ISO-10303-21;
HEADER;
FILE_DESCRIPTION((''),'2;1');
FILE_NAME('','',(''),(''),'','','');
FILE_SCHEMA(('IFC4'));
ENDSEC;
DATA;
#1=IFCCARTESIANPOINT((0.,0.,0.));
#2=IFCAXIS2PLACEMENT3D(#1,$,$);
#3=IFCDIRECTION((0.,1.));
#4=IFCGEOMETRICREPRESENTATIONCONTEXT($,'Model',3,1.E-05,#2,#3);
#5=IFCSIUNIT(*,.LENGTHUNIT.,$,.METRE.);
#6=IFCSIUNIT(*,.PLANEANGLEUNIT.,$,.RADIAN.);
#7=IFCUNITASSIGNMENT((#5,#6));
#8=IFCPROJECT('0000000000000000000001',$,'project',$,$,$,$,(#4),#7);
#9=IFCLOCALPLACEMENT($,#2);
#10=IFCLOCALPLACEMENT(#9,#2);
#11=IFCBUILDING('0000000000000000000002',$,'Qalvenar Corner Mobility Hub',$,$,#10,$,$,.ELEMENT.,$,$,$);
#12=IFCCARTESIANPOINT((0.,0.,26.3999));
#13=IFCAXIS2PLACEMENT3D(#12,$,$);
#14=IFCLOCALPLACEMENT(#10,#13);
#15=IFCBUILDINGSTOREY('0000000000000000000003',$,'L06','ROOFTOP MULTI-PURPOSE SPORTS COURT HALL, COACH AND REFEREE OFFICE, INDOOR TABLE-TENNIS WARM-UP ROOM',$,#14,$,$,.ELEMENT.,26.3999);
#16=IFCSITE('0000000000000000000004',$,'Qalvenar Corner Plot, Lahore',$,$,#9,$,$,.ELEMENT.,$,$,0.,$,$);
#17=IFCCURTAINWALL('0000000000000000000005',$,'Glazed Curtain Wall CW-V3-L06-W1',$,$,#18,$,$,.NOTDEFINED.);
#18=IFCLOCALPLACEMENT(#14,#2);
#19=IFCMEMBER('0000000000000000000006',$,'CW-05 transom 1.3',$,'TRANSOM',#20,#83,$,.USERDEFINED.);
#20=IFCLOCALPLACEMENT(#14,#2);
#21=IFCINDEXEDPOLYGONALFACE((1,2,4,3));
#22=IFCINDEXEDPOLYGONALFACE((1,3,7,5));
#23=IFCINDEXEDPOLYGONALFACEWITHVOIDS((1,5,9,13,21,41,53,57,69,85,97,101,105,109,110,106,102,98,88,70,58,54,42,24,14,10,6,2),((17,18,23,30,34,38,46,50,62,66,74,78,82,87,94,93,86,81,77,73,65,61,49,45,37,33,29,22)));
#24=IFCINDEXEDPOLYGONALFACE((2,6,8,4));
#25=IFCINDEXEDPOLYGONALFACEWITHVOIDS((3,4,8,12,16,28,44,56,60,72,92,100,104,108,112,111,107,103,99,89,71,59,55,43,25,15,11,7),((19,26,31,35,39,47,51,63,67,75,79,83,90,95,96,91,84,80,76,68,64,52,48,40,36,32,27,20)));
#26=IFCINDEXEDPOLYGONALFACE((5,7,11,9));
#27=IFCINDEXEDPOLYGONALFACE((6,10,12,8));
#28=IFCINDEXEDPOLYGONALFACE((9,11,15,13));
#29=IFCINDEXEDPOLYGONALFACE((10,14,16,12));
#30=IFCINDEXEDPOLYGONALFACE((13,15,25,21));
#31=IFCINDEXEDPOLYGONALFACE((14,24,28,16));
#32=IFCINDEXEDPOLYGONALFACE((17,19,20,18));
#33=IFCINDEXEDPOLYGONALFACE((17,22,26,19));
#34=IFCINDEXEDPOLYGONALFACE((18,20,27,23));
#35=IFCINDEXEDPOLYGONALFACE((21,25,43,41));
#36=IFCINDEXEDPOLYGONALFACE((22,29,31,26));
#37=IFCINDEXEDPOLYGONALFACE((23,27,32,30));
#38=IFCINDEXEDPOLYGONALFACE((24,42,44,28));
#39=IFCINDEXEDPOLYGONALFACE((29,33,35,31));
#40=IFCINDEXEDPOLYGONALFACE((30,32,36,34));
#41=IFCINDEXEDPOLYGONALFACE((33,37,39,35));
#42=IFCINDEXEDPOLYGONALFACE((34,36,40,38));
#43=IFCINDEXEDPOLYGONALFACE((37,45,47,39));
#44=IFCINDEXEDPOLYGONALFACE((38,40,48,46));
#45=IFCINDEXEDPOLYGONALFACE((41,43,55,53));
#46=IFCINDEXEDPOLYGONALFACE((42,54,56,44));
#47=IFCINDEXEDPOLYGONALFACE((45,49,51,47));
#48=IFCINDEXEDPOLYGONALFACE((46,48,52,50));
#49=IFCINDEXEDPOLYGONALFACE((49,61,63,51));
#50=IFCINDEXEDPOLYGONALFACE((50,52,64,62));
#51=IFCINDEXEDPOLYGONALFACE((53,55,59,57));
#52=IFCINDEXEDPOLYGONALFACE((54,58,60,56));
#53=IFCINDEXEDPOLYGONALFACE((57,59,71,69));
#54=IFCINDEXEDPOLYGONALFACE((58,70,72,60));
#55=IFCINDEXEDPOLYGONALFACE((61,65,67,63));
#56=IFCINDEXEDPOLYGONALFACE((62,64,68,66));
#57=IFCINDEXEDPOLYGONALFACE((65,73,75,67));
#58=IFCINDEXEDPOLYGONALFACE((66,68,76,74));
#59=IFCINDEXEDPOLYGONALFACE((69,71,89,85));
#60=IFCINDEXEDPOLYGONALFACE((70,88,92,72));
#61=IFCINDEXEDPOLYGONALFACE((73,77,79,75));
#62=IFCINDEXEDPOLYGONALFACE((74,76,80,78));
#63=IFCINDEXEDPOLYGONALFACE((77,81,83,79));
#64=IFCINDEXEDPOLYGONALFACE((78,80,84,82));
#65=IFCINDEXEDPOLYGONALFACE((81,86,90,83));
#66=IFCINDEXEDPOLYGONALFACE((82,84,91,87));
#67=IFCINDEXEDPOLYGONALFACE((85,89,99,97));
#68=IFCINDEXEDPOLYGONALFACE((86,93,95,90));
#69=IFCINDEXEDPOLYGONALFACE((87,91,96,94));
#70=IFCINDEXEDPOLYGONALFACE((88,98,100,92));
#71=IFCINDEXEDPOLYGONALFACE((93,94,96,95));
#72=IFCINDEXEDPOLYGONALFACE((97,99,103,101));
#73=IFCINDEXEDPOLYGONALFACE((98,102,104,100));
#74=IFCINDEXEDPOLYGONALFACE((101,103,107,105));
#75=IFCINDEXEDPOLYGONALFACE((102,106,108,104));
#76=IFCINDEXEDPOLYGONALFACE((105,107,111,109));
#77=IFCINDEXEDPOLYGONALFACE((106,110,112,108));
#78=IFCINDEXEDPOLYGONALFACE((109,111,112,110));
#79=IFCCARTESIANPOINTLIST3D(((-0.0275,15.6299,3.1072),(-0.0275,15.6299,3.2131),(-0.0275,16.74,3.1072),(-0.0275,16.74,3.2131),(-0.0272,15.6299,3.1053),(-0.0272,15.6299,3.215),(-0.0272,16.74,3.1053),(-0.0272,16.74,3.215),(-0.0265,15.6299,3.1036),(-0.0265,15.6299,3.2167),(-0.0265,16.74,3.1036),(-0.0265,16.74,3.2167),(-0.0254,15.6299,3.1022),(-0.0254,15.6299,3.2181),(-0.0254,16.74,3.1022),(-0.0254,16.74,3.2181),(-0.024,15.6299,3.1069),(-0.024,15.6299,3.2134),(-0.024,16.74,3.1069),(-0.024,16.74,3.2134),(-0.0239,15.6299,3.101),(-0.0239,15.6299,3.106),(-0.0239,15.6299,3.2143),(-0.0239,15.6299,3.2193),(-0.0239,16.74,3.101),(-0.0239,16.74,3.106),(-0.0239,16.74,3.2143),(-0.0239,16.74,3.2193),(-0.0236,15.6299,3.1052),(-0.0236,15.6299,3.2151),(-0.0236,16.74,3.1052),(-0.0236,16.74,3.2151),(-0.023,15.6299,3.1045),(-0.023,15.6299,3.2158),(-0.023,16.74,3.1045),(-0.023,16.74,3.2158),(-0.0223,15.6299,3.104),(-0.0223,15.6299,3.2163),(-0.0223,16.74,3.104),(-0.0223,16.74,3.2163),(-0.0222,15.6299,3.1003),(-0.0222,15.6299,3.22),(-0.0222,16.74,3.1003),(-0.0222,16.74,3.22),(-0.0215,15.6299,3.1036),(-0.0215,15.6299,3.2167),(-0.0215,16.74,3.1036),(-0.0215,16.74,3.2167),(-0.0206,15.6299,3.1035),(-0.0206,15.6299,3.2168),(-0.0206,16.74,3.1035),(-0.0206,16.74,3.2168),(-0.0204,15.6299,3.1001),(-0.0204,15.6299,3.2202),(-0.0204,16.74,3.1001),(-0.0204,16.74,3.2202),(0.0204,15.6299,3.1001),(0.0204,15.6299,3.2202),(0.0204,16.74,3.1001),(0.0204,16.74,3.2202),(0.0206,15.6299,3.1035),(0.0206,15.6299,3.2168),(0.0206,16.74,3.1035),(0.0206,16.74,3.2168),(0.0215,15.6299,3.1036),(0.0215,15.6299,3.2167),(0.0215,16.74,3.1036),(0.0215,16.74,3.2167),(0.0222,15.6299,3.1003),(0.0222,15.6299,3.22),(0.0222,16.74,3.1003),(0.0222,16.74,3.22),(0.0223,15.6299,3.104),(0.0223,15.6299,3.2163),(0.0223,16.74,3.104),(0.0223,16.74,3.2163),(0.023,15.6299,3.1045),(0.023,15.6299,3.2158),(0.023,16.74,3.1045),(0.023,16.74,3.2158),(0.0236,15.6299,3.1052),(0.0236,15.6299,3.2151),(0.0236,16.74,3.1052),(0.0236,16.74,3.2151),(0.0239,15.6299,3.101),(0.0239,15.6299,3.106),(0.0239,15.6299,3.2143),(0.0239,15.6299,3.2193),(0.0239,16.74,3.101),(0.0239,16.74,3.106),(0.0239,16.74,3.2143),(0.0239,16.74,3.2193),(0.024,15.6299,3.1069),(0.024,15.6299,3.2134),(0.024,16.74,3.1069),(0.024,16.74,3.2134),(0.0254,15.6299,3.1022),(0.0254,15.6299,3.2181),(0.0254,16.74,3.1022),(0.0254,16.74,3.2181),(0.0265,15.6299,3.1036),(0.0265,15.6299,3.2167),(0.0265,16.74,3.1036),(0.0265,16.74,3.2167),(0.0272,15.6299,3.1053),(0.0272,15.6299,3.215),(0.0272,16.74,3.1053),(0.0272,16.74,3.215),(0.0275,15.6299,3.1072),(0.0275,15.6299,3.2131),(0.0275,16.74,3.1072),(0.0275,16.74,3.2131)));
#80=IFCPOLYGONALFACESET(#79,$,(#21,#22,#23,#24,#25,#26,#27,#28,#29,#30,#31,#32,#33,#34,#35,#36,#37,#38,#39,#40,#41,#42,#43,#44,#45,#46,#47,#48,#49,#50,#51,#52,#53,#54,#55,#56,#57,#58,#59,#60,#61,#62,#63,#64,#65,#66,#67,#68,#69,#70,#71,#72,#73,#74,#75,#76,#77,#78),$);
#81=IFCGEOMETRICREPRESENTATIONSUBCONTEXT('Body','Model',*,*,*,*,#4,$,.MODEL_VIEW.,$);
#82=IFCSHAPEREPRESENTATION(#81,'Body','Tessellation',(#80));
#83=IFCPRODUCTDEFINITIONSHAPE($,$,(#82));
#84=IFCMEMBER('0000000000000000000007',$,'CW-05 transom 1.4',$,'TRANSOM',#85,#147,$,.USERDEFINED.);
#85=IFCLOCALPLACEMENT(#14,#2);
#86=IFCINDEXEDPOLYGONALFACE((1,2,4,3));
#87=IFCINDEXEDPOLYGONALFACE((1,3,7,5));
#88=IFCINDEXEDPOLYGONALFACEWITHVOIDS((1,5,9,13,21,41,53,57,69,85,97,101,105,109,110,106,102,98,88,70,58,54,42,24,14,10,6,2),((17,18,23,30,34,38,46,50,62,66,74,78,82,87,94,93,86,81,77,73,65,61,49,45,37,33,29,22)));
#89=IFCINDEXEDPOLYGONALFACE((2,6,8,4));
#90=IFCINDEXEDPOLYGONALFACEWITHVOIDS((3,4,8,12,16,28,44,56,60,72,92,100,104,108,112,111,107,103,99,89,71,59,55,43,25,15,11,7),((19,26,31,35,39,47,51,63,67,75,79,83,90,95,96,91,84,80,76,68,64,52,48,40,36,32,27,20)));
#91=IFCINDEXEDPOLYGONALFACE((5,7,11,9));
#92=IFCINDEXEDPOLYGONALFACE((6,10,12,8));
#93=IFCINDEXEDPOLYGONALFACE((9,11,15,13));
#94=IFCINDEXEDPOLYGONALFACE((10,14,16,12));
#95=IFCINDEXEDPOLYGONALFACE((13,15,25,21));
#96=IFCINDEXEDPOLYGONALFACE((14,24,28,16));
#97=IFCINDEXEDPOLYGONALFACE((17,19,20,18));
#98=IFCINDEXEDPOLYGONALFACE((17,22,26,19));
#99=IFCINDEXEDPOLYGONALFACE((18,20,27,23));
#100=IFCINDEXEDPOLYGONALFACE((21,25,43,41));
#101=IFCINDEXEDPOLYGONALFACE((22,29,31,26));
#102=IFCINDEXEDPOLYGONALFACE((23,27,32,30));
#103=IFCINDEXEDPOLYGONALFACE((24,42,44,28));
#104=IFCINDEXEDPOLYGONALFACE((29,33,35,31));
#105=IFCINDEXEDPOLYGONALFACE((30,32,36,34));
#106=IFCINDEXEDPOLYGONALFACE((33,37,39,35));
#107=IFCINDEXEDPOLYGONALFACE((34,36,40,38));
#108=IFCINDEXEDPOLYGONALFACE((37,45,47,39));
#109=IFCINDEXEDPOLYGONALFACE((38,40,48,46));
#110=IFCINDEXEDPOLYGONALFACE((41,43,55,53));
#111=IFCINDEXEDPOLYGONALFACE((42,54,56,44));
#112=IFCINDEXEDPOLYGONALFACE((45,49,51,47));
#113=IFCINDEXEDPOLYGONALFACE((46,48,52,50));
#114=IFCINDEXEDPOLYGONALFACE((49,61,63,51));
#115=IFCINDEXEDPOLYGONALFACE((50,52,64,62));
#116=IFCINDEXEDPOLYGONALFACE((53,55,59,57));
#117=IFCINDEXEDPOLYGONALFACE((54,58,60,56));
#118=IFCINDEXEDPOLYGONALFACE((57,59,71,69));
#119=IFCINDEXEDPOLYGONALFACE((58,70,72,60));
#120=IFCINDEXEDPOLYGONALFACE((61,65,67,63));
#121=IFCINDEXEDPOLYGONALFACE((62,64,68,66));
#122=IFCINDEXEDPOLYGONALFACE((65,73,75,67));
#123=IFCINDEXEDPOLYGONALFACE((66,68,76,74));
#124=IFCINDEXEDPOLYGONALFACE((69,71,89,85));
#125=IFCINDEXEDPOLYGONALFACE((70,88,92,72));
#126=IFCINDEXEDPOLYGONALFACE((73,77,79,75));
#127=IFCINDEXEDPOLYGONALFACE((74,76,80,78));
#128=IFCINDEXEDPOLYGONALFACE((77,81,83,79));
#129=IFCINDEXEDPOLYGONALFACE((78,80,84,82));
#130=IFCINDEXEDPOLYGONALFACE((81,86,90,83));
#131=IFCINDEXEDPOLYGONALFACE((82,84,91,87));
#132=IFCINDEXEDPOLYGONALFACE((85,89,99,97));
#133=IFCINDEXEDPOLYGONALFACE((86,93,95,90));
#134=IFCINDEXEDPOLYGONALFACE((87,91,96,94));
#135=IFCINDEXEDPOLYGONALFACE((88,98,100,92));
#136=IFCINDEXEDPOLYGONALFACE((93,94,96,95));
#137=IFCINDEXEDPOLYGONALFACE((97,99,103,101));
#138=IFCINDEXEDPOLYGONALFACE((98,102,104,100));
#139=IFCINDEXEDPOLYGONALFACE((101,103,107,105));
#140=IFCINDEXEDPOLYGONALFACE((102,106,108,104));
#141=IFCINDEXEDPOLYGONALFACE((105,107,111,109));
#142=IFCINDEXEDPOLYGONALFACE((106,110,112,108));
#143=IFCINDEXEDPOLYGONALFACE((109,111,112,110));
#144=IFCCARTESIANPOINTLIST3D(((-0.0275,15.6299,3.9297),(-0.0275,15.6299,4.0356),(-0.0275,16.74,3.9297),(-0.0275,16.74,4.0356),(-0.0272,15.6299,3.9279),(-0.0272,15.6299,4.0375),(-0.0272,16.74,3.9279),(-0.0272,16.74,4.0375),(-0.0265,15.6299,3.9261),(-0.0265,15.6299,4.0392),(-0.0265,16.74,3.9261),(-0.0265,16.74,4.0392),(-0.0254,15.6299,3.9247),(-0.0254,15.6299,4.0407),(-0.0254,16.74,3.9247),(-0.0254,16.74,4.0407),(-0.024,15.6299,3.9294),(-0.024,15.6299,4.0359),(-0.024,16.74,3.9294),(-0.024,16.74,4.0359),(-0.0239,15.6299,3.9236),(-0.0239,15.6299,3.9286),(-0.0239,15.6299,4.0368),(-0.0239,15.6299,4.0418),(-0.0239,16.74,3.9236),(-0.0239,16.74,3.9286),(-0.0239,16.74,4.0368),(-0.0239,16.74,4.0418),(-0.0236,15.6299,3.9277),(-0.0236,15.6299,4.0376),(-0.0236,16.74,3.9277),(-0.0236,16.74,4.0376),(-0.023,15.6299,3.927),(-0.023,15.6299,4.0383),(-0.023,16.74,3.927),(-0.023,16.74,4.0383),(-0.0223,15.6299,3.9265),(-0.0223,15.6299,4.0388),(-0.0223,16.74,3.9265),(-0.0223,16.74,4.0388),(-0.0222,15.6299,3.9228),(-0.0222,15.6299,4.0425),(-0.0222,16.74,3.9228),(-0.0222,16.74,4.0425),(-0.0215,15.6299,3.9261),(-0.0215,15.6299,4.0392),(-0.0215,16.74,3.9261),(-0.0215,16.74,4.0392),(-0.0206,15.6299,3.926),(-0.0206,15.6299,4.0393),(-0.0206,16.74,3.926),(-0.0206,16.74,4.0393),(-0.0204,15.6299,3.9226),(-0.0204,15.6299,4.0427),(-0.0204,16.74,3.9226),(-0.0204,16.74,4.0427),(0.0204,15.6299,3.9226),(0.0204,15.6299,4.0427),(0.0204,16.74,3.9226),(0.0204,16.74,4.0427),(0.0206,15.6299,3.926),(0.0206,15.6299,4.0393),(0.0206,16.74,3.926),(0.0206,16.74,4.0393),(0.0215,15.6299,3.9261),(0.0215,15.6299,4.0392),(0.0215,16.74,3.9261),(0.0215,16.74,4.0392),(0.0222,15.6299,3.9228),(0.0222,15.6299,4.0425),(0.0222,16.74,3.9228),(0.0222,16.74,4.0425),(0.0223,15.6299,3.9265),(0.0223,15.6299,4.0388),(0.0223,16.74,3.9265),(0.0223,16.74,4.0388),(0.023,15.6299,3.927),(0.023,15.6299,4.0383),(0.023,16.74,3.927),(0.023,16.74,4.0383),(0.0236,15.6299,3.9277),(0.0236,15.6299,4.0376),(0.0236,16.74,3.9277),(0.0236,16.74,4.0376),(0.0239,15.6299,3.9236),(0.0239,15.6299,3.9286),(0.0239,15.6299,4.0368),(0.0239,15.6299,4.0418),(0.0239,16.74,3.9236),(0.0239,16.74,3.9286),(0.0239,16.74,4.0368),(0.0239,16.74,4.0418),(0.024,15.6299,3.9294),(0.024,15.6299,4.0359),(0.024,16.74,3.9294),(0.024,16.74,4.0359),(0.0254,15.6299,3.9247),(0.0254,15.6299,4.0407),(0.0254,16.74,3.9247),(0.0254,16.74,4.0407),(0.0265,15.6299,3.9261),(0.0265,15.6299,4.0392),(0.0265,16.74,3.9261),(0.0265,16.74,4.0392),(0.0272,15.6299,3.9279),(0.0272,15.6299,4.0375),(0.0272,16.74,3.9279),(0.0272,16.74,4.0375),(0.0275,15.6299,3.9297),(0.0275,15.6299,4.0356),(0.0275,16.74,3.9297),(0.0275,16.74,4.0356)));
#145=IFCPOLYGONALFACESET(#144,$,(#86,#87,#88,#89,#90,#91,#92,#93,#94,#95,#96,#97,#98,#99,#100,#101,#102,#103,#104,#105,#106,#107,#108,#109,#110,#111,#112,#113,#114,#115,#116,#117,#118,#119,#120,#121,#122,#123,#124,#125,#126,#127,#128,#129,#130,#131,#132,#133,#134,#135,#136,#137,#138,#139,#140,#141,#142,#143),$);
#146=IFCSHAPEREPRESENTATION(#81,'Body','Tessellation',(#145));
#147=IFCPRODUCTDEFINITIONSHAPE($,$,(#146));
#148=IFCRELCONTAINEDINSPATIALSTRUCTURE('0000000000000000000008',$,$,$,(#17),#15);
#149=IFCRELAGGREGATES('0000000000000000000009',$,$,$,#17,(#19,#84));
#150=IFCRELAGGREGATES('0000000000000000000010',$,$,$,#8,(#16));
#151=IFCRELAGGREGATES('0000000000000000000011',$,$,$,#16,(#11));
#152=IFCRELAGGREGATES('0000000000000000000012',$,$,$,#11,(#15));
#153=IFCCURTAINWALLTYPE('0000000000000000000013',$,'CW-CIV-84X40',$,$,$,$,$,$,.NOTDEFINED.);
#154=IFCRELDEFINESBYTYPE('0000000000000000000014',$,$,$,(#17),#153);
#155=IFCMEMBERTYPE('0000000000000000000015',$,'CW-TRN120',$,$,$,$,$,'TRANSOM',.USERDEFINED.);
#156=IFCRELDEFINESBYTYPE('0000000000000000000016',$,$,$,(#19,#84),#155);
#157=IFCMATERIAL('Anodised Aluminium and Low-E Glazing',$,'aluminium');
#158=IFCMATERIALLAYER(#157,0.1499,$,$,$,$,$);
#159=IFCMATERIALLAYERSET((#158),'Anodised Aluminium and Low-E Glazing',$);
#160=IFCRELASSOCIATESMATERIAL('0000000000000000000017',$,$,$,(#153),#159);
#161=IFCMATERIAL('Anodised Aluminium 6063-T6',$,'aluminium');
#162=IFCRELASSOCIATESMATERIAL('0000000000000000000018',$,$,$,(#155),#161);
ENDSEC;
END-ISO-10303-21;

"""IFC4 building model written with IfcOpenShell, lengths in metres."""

from ifc_helpers import new_model, si_unit, direction, frame, origin, origin_2d, place, context, subcontext, project, spatial, hollow_rectangle, extrude, material, layer, layer_set, material_profile, profile_set, type_object, element, aggregate, save


model = new_model("IFC4")

# Units and contexts
model_context = context("Model", 3, precision=1e-05, world=origin(), true_north=direction((0.0, 1.0)))
body_context = subcontext(model_context, "Body", "Model", "MODEL_VIEW")
ifc_project = project(units=[si_unit("LENGTHUNIT", "METRE"), si_unit("PLANEANGLEUNIT", "RADIAN")], contexts=[model_context])

# Site, building, storey
site_placement = place(None, origin())
site = spatial("IfcSite", under=ifc_project, at=site_placement, Name="Qalvenar Corner Plot, Lahore", CompositionType="ELEMENT", RefElevation=0.0)
building_placement = place(site_placement, origin())
building = spatial("IfcBuilding", under=site, at=building_placement, Name="Qalvenar Corner Mobility Hub", CompositionType="ELEMENT")
storey_placement = place(building_placement, frame((0.0, 0.0, 26.3999)))
storey = spatial("IfcBuildingStorey", under=building, at=storey_placement, Name="L06", Description="ROOFTOP MULTI-PURPOSE SPORTS COURT HALL, COACH AND REFEREE OFFICE, INDOOR TABLE-TENNIS WARM-UP ROOM", CompositionType="ELEMENT", Elevation=26.3999)

# Curtain wall, members
ifc_material_1 = material(Name="Anodised Aluminium and Low-E Glazing", Category="aluminium")
ifc_material_2 = material(Name="Anodised Aluminium 6063-T6", Category="aluminium")
ifc_layer_1 = layer(ifc_material_1, 0.1499)
ifc_layer_set_1 = layer_set([ifc_layer_1], Name="Anodised Aluminium and Low-E Glazing")
curtain_wall_type_1 = type_object("IfcCurtainWallType", Name="CW-CIV-84X40", PredefinedType="NOTDEFINED", material=ifc_layer_set_1)
curtain_wall_1_placement = place(storey_placement, origin())
curtain_wall_1 = element("IfcCurtainWall", 1, at=curtain_wall_1_placement, inside=storey, type_object=curtain_wall_type_1, Name="Glazed Curtain Wall CW-V3-L06-W1", PredefinedType="NOTDEFINED")
ifc_material_profile_1 = material_profile(ifc_material_2, hollow_rectangle(XDim=0.0549, YDim=0.1201, WallThickness=0.0034, InnerFilletRadius=0.0034, OuterFilletRadius=0.0071, at=origin_2d()), Name="RHS120x55x3.5")
ifc_profile_set_1 = profile_set([ifc_material_profile_1], Name="Anodised Aluminium 6063-T6")
member_type_1 = type_object("IfcMemberType", Name="CW-TRN120", ElementType="TRANSOM", PredefinedType="USERDEFINED", material=ifc_profile_set_1)
member_1_placement = place(storey_placement, frame((0.0, 16.74, 3.1602), z_axis=(0.0, -1.0, 0.0), x_axis=(1.0, 0.0, 0.0)))
member_1 = element("IfcMember", 2, at=member_1_placement, type_object=member_type_1, Name="CW-05 transom 1.3", ObjectType="TRANSOM", PredefinedType="USERDEFINED", context=body_context, shape_type="SweptSolid", body=[
    extrude(hollow_rectangle(XDim=0.0549, YDim=0.1201, WallThickness=0.0034, InnerFilletRadius=0.0034, OuterFilletRadius=0.0071, at=origin_2d()), origin(), (0.0, 0.0, 1.0), 1.1101),
])
member_2_placement = place(storey_placement, frame((0.0, 16.74, 3.9827), z_axis=(0.0, -1.0, 0.0), x_axis=(1.0, 0.0, 0.0)))
member_2 = element("IfcMember", 3, at=member_2_placement, type_object=member_type_1, Name="CW-05 transom 1.4", ObjectType="TRANSOM", PredefinedType="USERDEFINED", context=body_context, shape_type="SweptSolid", body=[
    extrude(hollow_rectangle(XDim=0.0549, YDim=0.1201, WallThickness=0.0034, InnerFilletRadius=0.0034, OuterFilletRadius=0.0071, at=origin_2d()), origin(), (0.0, 0.0, 1.0), 1.1101),
])

aggregate(curtain_wall_1, [member_1, member_2])

save(model, "model.ifc")
